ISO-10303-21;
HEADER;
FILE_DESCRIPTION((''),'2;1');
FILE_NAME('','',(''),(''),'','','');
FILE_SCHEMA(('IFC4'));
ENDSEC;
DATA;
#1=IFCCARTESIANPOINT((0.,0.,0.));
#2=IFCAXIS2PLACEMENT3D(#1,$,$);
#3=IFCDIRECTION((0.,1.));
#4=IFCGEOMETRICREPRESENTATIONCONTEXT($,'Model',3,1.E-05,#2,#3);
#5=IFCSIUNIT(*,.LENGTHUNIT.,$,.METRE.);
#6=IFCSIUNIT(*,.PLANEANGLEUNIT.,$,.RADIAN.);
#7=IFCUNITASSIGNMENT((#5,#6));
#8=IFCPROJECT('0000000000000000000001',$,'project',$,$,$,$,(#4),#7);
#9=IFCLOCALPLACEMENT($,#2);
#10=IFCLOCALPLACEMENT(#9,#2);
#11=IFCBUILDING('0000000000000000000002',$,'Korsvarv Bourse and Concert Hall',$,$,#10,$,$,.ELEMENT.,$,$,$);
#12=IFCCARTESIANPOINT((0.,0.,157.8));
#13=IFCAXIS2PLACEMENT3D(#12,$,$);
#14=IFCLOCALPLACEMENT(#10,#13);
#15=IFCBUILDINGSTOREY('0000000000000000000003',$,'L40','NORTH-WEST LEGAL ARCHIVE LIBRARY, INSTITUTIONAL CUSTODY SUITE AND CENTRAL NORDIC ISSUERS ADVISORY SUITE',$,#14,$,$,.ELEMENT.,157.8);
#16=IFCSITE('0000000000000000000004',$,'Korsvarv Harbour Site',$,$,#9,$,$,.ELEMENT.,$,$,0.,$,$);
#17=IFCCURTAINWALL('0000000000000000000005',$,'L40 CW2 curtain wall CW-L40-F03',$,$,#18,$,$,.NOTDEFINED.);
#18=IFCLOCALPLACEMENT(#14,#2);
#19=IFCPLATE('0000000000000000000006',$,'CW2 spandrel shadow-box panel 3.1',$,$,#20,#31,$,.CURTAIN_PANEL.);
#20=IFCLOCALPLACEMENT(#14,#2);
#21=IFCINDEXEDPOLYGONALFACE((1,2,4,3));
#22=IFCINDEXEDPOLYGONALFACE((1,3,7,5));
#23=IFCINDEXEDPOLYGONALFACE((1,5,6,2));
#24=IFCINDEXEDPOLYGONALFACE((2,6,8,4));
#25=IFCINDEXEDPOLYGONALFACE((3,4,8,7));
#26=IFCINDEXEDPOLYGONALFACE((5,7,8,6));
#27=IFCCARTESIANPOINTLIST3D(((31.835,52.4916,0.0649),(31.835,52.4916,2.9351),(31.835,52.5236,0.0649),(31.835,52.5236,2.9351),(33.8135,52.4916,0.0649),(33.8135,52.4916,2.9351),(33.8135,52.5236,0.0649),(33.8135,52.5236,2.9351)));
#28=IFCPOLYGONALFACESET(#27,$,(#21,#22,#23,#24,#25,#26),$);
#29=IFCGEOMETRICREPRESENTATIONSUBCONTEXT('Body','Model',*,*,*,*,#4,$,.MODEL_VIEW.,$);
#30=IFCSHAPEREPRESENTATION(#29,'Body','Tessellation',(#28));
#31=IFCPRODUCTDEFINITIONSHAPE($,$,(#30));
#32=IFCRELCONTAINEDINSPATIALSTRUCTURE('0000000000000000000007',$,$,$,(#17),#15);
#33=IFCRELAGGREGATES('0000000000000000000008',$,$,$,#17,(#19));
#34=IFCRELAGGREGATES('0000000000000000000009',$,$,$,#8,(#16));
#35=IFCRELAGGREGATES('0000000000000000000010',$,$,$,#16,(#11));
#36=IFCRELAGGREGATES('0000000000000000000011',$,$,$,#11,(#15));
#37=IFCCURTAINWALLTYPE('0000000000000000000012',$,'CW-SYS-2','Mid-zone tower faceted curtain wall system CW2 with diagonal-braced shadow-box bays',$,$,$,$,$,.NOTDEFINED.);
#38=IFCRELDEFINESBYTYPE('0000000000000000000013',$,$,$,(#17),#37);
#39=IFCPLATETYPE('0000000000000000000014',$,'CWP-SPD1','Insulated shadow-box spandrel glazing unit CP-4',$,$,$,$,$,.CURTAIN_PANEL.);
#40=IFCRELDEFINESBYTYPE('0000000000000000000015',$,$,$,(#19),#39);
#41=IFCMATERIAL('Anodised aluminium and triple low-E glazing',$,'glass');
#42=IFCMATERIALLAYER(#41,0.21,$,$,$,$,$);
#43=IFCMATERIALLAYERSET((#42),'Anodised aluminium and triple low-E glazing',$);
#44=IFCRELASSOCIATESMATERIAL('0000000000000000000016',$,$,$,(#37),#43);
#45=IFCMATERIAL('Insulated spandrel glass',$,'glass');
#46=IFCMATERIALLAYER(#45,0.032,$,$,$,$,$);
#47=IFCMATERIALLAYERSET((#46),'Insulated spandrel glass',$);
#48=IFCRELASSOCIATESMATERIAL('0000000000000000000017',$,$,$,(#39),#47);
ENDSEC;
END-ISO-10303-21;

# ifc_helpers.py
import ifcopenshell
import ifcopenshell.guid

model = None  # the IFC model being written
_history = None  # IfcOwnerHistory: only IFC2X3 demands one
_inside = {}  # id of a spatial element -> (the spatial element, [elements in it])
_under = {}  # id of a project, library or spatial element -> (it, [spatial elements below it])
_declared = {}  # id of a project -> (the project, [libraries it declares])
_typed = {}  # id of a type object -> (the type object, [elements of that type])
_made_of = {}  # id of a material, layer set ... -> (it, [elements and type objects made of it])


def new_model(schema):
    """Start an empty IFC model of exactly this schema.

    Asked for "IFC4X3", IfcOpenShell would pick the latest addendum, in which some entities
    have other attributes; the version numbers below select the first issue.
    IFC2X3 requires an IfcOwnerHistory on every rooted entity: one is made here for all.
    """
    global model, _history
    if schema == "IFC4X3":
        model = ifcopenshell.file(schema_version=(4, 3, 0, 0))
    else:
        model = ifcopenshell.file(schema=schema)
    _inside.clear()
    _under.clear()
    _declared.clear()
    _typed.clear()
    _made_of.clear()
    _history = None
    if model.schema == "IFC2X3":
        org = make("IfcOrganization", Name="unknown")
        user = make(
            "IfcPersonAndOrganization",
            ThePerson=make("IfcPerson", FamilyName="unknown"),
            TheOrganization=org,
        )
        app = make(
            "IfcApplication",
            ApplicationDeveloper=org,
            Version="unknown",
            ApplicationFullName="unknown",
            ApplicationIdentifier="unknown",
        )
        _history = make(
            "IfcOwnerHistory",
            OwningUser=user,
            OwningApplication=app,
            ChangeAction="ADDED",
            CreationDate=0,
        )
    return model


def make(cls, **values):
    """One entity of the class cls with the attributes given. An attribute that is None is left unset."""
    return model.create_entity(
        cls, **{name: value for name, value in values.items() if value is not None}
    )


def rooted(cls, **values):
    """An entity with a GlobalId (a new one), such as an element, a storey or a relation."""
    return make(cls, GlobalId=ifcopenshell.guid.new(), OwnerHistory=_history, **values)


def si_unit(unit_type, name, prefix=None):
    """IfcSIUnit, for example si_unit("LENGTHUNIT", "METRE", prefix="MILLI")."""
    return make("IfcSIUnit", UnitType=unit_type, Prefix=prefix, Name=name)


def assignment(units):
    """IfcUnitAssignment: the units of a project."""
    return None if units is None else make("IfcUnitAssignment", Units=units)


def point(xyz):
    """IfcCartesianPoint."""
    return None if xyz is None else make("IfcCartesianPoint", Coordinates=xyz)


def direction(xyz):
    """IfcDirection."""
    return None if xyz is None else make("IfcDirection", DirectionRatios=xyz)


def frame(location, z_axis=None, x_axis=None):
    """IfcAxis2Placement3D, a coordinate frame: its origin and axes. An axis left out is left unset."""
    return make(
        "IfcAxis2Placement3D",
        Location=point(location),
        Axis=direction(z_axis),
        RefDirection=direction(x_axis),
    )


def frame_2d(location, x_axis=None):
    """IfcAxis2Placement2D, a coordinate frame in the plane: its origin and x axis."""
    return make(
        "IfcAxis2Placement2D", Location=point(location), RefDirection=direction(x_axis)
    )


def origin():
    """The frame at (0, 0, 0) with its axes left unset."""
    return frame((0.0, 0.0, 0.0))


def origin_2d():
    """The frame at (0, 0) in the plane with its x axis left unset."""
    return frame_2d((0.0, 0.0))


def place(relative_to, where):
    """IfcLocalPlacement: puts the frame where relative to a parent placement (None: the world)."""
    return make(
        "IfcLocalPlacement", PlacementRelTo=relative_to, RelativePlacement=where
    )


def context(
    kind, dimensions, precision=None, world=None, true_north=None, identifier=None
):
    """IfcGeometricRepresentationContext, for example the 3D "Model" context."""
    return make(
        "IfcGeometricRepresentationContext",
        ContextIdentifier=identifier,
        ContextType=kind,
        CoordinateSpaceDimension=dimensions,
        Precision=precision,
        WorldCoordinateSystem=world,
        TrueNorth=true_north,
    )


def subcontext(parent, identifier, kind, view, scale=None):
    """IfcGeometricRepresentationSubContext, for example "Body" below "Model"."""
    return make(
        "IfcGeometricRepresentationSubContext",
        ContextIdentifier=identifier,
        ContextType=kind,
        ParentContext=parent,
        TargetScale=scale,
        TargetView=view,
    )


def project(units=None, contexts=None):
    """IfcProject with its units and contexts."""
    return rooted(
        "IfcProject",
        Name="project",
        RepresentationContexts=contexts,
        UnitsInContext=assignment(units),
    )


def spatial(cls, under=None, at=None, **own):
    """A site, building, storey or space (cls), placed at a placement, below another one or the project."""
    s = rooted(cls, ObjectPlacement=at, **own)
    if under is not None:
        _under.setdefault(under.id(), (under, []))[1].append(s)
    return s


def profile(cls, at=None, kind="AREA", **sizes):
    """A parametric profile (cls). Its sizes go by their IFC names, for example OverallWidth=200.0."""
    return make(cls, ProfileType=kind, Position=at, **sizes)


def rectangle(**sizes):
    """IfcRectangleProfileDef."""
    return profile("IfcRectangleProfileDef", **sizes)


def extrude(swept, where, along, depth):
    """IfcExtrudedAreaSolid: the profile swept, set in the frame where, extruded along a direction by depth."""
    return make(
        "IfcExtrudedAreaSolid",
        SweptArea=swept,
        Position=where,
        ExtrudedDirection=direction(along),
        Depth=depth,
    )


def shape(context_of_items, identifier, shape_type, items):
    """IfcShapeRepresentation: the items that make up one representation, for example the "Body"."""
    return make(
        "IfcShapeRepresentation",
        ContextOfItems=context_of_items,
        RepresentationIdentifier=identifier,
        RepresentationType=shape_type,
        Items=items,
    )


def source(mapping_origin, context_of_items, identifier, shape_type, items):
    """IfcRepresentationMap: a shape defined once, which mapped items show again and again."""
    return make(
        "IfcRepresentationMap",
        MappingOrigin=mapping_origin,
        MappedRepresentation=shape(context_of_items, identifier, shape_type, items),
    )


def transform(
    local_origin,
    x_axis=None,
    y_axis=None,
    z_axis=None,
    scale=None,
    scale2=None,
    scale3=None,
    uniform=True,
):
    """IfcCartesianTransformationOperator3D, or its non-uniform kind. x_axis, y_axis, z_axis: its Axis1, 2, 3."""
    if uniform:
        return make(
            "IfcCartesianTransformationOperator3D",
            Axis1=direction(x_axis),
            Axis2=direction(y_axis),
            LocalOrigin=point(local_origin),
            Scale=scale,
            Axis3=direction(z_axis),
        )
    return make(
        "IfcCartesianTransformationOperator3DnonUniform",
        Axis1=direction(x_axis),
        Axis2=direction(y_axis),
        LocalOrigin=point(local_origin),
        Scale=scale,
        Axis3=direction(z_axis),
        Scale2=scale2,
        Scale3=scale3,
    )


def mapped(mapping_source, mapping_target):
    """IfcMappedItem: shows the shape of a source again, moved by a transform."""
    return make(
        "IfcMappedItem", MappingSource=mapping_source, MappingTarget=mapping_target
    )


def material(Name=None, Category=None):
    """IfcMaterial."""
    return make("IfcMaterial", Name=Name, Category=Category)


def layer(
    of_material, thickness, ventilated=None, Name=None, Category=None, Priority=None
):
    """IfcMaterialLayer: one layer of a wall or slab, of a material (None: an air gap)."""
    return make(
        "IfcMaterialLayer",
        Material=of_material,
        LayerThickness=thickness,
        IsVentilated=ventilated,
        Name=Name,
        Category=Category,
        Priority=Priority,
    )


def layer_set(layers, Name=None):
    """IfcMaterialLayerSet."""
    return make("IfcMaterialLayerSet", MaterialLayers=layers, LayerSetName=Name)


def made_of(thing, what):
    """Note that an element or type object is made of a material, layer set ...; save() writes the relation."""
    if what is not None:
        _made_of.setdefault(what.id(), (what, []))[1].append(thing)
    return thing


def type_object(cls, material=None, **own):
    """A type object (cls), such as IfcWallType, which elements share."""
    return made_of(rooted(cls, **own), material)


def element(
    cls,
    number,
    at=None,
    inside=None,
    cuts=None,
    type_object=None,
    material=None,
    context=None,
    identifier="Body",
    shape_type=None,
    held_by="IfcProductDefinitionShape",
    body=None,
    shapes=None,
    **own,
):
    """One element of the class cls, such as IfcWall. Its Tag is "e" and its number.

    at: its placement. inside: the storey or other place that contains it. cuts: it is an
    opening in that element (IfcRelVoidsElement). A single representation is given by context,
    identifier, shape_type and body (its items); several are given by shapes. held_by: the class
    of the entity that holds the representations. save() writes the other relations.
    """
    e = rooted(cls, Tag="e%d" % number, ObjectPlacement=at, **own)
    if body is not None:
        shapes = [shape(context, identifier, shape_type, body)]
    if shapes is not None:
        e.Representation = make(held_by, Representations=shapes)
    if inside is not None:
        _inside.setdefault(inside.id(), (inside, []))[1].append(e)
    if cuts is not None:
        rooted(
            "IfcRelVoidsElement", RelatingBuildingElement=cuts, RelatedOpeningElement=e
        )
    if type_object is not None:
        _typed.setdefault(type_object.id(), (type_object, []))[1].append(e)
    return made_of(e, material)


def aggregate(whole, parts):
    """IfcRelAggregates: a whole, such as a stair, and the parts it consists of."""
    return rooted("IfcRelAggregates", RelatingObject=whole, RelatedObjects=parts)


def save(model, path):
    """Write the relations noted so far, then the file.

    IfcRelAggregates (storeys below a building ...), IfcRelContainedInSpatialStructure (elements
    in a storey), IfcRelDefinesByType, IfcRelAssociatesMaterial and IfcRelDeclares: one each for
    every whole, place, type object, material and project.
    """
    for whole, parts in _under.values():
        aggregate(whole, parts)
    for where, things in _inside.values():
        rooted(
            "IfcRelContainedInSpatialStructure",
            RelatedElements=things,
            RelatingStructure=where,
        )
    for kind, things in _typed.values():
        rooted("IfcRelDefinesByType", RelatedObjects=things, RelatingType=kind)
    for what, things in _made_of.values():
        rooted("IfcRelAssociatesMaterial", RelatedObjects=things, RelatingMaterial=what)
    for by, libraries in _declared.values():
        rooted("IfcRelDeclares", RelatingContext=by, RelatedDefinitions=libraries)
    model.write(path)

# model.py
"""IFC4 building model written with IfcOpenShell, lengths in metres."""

from ifc_helpers import new_model, si_unit, direction, frame, origin, origin_2d, place, context, subcontext, project, spatial, rectangle, extrude, source, transform, mapped, material, layer, layer_set, type_object, element, aggregate, save


model = new_model("IFC4")

# Units and contexts
model_context = context("Model", 3, precision=1e-05, world=origin(), true_north=direction((0.0, 1.0)))
body_context = subcontext(model_context, "Body", "Model", "MODEL_VIEW")
ifc_project = project(units=[si_unit("LENGTHUNIT", "METRE"), si_unit("PLANEANGLEUNIT", "RADIAN")], contexts=[model_context])

# Site, building, storey
site_placement = place(None, origin())
site = spatial("IfcSite", under=ifc_project, at=site_placement, Name="Korsvarv Harbour Site", CompositionType="ELEMENT", RefElevation=0.0)
building_placement = place(site_placement, origin())
building = spatial("IfcBuilding", under=site, at=building_placement, Name="Korsvarv Bourse and Concert Hall", CompositionType="ELEMENT")
storey_placement = place(building_placement, frame((0.0, 0.0, 157.8)))
storey = spatial("IfcBuildingStorey", under=building, at=storey_placement, Name="L40", Description="NORTH-WEST LEGAL ARCHIVE LIBRARY, INSTITUTIONAL CUSTODY SUITE AND CENTRAL NORDIC ISSUERS ADVISORY SUITE", CompositionType="ELEMENT", Elevation=157.8)

# Curtain wall, plate
ifc_material_1 = material(Name="Anodised aluminium and triple low-E glazing", Category="glass")
ifc_layer_1 = layer(ifc_material_1, 0.21)
ifc_layer_set_1 = layer_set([ifc_layer_1], Name="Anodised aluminium and triple low-E glazing")
curtain_wall_type = type_object("IfcCurtainWallType", Name="CW-SYS-2", Description="Mid-zone tower faceted curtain wall system CW2 with diagonal-braced shadow-box bays", PredefinedType="NOTDEFINED", material=ifc_layer_set_1)
curtain_wall_placement = place(storey_placement, origin())
curtain_wall = element("IfcCurtainWall", 1, at=curtain_wall_placement, inside=storey, type_object=curtain_wall_type, Name="L40 CW2 curtain wall CW-L40-F03", PredefinedType="NOTDEFINED")
ifc_material_2 = material(Name="Insulated spandrel glass", Category="glass")
ifc_layer_2 = layer(ifc_material_2, 0.032)
ifc_layer_set_2 = layer_set([ifc_layer_2], Name="Insulated spandrel glass")
plate_type_1 = type_object("IfcPlateType", Name="CWP-SPD1", Description="Insulated shadow-box spandrel glazing unit CP-4", PredefinedType="CURTAIN_PANEL", material=ifc_layer_set_2)
shared_shape_1 = source(origin(), body_context, "Body", "SweptSolid", [
    extrude(rectangle(XDim=1.9785, YDim=0.032, at=origin_2d()), origin(), (0.0, 0.0, 1.0), 2.8701),
])
plate_1_placement = place(storey_placement, frame((32.8242, 52.5076, 0.0649), z_axis=(0.0, 0.0, 1.0), x_axis=(-1.0, 0.0, 0.0)))
plate_1 = element("IfcPlate", 2, at=plate_1_placement, type_object=plate_type_1, Name="CW2 spandrel shadow-box panel 3.1", PredefinedType="CURTAIN_PANEL", context=body_context, shape_type="MappedRepresentation", body=[
    mapped(shared_shape_1, transform((0.0, 0.0, 0.0), scale=1.0)),
])
aggregate(curtain_wall, [plate_1])

save(model, "model.ifc")
